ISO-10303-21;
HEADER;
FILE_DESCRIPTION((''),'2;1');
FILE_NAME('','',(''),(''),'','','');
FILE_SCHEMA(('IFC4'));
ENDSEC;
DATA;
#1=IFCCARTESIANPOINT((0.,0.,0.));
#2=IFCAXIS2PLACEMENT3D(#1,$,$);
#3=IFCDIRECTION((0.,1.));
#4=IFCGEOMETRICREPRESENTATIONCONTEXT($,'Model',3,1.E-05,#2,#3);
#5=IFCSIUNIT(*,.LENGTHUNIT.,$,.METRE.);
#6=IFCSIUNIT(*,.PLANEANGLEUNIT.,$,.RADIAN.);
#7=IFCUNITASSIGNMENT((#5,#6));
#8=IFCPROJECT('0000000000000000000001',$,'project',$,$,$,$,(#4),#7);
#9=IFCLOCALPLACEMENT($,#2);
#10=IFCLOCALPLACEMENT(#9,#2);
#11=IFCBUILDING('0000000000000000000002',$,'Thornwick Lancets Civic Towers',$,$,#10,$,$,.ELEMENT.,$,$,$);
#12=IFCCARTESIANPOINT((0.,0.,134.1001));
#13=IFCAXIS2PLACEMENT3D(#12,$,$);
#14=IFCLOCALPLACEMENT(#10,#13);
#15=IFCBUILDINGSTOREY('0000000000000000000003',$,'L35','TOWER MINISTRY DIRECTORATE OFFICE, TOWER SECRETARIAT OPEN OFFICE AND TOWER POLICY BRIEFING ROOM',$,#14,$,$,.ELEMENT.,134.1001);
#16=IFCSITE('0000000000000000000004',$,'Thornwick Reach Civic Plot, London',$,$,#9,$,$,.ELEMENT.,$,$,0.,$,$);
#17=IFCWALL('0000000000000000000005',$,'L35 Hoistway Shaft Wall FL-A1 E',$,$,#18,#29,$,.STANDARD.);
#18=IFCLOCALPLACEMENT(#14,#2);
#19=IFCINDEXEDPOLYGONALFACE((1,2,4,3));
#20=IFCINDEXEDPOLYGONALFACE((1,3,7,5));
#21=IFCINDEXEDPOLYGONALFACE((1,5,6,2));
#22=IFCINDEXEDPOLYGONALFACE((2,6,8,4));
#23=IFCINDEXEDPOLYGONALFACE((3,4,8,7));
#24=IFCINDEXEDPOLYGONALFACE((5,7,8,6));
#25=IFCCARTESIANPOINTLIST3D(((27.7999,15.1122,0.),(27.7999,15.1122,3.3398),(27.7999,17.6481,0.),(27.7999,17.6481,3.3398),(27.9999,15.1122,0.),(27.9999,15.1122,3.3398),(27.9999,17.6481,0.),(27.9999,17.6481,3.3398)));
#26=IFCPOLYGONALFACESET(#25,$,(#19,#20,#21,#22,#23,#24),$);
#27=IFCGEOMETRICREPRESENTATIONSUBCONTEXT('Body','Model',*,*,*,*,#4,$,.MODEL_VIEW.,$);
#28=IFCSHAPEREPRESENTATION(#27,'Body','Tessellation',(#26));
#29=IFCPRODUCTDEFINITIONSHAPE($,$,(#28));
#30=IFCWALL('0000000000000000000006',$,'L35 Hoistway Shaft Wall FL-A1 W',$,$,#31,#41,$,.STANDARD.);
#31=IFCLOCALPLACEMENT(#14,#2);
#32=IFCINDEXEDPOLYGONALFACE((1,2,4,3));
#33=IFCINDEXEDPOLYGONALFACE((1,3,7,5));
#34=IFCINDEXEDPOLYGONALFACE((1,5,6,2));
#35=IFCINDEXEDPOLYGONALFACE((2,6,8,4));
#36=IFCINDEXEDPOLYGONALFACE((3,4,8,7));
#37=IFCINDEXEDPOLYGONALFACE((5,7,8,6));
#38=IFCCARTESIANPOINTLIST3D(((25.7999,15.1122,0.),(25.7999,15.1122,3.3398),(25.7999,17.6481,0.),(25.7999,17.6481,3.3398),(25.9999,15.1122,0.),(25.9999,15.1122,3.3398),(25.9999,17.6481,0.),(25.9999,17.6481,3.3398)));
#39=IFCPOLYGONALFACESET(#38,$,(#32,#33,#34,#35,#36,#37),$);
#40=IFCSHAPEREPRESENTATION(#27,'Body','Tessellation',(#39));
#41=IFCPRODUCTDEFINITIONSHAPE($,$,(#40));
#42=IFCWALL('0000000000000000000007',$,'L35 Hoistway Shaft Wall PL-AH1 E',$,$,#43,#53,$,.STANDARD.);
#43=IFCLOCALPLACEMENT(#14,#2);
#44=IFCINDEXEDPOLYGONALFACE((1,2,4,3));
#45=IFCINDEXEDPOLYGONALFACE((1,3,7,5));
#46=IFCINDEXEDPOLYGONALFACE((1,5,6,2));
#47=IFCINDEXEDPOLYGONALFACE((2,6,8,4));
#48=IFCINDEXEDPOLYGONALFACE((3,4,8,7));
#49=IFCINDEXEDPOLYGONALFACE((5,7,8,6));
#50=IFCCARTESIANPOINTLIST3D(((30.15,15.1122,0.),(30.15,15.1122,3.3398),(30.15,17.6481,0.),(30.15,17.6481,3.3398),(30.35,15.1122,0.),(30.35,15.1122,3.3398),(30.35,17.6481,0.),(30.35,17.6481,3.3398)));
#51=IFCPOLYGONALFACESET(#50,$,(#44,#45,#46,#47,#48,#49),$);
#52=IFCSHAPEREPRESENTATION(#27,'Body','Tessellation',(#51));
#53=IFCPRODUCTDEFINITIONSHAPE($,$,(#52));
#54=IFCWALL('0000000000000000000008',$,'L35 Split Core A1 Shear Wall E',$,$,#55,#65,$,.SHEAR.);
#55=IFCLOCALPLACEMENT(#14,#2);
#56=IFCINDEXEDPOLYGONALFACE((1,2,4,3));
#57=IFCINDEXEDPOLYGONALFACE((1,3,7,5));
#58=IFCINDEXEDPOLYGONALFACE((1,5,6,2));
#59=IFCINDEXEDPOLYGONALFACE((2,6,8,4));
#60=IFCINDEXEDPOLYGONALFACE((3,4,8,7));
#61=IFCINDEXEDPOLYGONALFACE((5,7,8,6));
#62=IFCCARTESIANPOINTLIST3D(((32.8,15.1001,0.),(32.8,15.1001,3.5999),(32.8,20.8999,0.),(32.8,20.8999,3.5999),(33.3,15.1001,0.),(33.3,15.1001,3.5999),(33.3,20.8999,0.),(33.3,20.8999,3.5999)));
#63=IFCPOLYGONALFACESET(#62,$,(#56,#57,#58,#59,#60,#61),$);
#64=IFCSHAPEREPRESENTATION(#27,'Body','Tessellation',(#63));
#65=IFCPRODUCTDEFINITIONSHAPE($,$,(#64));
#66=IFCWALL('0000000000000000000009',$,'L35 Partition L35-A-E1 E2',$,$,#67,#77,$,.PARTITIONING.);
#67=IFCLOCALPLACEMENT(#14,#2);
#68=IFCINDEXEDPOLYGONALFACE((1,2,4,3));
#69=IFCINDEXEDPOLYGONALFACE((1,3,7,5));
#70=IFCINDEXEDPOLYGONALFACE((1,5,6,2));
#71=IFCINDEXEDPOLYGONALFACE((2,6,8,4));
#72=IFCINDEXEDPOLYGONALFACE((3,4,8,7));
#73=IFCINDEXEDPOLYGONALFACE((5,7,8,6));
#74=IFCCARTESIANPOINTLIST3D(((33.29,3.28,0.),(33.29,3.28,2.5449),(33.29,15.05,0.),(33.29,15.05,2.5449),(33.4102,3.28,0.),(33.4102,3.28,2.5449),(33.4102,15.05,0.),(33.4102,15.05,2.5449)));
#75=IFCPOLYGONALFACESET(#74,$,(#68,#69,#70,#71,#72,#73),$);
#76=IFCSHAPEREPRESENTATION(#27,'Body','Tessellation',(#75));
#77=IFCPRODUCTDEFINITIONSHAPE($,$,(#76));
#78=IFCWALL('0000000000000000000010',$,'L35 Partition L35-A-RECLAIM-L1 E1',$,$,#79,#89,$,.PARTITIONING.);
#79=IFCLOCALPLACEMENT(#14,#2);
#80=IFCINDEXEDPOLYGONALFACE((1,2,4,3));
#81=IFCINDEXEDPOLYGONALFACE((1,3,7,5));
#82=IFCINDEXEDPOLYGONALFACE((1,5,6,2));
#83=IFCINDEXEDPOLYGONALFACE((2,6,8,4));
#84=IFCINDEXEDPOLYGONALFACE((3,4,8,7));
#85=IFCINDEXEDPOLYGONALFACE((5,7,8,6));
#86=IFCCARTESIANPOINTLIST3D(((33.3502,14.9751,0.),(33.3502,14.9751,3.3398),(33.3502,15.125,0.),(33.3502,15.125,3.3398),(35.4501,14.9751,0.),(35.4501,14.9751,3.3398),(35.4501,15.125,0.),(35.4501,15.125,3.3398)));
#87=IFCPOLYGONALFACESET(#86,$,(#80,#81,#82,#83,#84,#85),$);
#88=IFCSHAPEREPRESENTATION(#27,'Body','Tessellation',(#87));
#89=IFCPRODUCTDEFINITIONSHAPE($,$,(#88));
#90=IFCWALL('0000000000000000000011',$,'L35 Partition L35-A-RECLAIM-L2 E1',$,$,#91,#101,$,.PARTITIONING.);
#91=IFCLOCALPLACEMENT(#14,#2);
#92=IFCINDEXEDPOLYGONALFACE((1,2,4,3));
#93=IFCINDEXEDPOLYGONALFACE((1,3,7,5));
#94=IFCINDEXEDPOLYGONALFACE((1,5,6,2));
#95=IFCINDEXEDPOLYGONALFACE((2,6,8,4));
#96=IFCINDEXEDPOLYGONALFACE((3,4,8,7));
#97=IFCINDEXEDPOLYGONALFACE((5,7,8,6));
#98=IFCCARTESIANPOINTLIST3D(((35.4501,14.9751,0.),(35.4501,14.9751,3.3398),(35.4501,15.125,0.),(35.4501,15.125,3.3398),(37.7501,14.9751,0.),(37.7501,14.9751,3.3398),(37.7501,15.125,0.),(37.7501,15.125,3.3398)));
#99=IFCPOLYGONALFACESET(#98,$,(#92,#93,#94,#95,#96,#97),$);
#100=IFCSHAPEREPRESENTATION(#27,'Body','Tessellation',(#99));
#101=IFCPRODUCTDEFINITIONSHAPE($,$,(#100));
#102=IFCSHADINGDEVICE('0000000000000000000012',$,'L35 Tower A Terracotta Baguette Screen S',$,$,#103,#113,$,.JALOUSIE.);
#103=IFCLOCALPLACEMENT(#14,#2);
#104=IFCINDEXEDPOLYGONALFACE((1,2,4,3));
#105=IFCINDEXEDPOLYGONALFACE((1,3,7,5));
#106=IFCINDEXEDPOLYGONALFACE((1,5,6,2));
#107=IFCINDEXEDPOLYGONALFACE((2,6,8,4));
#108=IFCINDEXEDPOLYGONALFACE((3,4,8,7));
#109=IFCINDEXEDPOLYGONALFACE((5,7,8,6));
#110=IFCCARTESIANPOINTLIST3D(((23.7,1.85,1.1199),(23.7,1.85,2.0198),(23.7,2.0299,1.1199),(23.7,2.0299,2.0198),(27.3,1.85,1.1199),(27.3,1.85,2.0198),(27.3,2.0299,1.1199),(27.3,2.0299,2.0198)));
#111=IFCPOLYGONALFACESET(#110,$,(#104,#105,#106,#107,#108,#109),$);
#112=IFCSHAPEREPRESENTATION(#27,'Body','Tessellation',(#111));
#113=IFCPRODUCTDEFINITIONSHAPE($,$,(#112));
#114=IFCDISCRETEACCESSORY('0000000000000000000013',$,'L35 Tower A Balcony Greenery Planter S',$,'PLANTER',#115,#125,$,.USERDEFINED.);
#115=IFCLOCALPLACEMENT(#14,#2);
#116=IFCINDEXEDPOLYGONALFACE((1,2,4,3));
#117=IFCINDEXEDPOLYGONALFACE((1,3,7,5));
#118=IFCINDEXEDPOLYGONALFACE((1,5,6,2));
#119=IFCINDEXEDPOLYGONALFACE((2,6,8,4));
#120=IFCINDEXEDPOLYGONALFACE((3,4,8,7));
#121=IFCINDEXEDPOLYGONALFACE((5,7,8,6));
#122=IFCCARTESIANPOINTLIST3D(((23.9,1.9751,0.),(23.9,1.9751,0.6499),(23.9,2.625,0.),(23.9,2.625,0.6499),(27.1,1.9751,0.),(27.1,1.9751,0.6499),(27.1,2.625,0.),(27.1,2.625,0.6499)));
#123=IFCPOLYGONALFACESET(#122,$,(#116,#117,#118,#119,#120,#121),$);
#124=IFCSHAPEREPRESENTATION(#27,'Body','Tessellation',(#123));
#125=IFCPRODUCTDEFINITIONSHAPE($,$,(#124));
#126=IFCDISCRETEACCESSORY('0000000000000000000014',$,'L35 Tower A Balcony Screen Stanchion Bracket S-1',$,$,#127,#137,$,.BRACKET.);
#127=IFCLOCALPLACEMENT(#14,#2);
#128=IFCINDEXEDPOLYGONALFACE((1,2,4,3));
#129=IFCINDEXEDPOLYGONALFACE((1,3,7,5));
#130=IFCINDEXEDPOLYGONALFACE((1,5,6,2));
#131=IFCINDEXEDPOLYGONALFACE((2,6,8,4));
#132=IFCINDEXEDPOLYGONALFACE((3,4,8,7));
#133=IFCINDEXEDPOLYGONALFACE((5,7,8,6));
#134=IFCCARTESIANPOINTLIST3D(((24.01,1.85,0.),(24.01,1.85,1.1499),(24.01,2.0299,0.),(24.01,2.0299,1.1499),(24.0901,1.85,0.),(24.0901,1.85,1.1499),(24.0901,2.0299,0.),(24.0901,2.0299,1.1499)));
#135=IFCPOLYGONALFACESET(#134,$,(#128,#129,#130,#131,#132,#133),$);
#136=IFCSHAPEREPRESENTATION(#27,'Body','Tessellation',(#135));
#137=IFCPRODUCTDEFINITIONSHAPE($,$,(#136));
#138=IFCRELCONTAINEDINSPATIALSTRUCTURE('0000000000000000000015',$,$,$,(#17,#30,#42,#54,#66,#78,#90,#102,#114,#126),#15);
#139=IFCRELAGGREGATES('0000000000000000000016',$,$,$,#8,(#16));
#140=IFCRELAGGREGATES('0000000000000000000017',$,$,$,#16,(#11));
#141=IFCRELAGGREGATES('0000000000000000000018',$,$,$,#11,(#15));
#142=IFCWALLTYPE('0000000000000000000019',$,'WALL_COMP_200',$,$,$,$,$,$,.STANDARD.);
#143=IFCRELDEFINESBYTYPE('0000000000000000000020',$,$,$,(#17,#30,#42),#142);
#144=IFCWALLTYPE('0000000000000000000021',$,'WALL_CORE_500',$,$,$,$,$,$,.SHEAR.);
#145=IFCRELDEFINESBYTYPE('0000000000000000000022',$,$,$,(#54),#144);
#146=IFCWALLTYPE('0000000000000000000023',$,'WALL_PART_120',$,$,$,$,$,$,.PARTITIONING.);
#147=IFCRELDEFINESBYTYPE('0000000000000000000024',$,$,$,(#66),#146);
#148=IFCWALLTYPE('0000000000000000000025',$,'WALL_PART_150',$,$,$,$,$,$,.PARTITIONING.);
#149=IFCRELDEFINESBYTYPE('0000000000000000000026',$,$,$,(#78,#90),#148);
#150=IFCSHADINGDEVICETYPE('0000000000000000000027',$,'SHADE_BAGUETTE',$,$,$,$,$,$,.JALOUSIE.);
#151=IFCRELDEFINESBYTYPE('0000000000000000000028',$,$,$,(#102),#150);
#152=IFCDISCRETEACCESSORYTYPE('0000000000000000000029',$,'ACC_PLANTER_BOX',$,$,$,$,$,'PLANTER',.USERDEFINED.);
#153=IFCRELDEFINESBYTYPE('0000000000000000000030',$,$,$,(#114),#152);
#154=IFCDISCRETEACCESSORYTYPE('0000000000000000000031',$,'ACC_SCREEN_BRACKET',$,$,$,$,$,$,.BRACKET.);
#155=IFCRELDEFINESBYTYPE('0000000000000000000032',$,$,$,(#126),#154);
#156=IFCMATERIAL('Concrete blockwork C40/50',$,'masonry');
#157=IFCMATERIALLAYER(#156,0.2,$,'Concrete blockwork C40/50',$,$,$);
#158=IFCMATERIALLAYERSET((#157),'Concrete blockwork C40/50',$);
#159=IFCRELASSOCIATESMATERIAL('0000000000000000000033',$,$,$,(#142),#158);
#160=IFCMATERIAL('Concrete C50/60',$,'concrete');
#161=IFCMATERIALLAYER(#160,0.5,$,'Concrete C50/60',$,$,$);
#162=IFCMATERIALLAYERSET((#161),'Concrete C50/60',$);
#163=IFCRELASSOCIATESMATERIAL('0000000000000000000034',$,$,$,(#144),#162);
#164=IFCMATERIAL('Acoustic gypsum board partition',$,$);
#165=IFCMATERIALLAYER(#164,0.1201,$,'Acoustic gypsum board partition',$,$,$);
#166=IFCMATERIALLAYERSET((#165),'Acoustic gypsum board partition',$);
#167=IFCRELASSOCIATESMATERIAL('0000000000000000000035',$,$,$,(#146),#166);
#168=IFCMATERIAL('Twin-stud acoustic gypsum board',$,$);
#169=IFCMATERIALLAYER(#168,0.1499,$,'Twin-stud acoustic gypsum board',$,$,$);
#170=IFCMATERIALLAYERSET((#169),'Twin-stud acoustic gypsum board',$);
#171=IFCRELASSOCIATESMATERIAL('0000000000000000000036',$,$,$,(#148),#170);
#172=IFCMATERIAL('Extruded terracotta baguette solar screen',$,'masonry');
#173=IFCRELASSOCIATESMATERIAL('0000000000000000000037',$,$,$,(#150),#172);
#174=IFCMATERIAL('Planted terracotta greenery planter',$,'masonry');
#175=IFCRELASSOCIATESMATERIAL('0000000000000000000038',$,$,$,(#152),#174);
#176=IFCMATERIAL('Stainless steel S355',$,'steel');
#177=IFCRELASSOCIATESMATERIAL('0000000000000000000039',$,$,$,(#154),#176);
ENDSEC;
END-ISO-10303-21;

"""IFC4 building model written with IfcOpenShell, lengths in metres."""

from ifc_helpers import new_model, si_unit, direction, frame, frame_2d, origin, origin_2d, place, context, subcontext, project, spatial, rectangle, extrude, material, layer, layer_set, type_object, element, save


model = new_model("IFC4")

# Units and contexts
model_context = context("Model", 3, precision=1e-05, world=origin(), true_north=direction((0.0, 1.0)))
body_context = subcontext(model_context, "Body", "Model", "MODEL_VIEW")
ifc_project = project(units=[si_unit("LENGTHUNIT", "METRE"), si_unit("PLANEANGLEUNIT", "RADIAN")], contexts=[model_context])

# Site, building, storey
site_placement = place(None, origin())
site = spatial("IfcSite", under=ifc_project, at=site_placement, Name="Thornwick Reach Civic Plot, London", CompositionType="ELEMENT", RefElevation=0.0)
building_placement = place(site_placement, origin())
building = spatial("IfcBuilding", under=site, at=building_placement, Name="Thornwick Lancets Civic Towers", CompositionType="ELEMENT")
storey_placement = place(building_placement, frame((0.0, 0.0, 134.1001)))
storey = spatial("IfcBuildingStorey", under=building, at=storey_placement, Name="L35", Description="TOWER MINISTRY DIRECTORATE OFFICE, TOWER SECRETARIAT OPEN OFFICE AND TOWER POLICY BRIEFING ROOM", CompositionType="ELEMENT", Elevation=134.1001)

# Walls
ifc_material_1 = material(Name="Concrete blockwork C40/50", Category="masonry")
ifc_layer_1 = layer(ifc_material_1, 0.2, Name="Concrete blockwork C40/50")
ifc_layer_set_1 = layer_set([ifc_layer_1], Name="Concrete blockwork C40/50")
wall_type_1 = type_object("IfcWallType", Name="WALL_COMP_200", PredefinedType="STANDARD", material=ifc_layer_set_1)
for number, where, z_axis, x_axis, name in (
    (1, (27.8999, 15.1121, 0.0), (0.0, 0.0, 1.0), (0.0, 1.0, 0.0), "L35 Hoistway Shaft Wall FL-A1 E"),
    (2, (25.8999, 15.1121, 0.0), (0.0, 0.0, 1.0), (0.0, 1.0, 0.0), "L35 Hoistway Shaft Wall FL-A1 W"),
    (3, (30.25, 15.1121, 0.0), (0.0, 0.0, 1.0), (0.0, 1.0, 0.0), "L35 Hoistway Shaft Wall PL-AH1 E"),
):
    element("IfcWall", number, at=place(storey_placement, frame(where, z_axis=z_axis, x_axis=x_axis)), inside=storey, type_object=wall_type_1, Name=name, PredefinedType="STANDARD", context=body_context, shape_type="SweptSolid", body=[
        extrude(rectangle(XDim=2.5359, YDim=0.2, at=frame_2d((1.2681, 0.0))), origin(), (0.0, 0.0, 1.0), 3.3398),
    ])
ifc_material_2 = material(Name="Concrete C50/60", Category="concrete")
ifc_layer_2 = layer(ifc_material_2, 0.5, Name="Concrete C50/60")
ifc_layer_set_2 = layer_set([ifc_layer_2], Name="Concrete C50/60")
wall_type_2 = type_object("IfcWallType", Name="WALL_CORE_500", PredefinedType="SHEAR", material=ifc_layer_set_2)
wall_1_placement = place(storey_placement, frame((33.05, 15.1001, 0.0), z_axis=(0.0, 0.0, 1.0), x_axis=(0.0, 1.0, 0.0)))
element("IfcWall", 4, at=wall_1_placement, inside=storey, type_object=wall_type_2, Name="L35 Split Core A1 Shear Wall E", PredefinedType="SHEAR", context=body_context, shape_type="SweptSolid", body=[
    extrude(rectangle(XDim=5.7998, YDim=0.5, at=frame_2d((2.8999, 0.0))), origin(), (0.0, 0.0, 1.0), 3.5999),
])
ifc_material_3 = material(Name="Acoustic gypsum board partition")
ifc_layer_3 = layer(ifc_material_3, 0.1201, Name="Acoustic gypsum board partition")
ifc_layer_set_3 = layer_set([ifc_layer_3], Name="Acoustic gypsum board partition")
wall_type_3 = type_object("IfcWallType", Name="WALL_PART_120", PredefinedType="PARTITIONING", material=ifc_layer_set_3)
wall_2_placement = place(storey_placement, frame((33.3501, 3.28, 0.0), z_axis=(0.0, 0.0, 1.0), x_axis=(0.0, 1.0, 0.0)))
element("IfcWall", 5, at=wall_2_placement, inside=storey, type_object=wall_type_3, Name="L35 Partition L35-A-E1 E2", PredefinedType="PARTITIONING", context=body_context, shape_type="SweptSolid", body=[
    extrude(rectangle(XDim=11.77, YDim=0.1201, at=frame_2d((5.885, 0.0))), origin(), (0.0, 0.0, 1.0), 2.5449),
])
ifc_material_4 = material(Name="Twin-stud acoustic gypsum board")
ifc_layer_4 = layer(ifc_material_4, 0.1499, Name="Twin-stud acoustic gypsum board")
ifc_layer_set_4 = layer_set([ifc_layer_4], Name="Twin-stud acoustic gypsum board")
wall_type_4 = type_object("IfcWallType", Name="WALL_PART_150", PredefinedType="PARTITIONING", material=ifc_layer_set_4)
wall_3_placement = place(storey_placement, frame((35.45, 15.05, 0.0), z_axis=(0.0, 0.0, 1.0), x_axis=(-1.0, 0.0, 0.0)))
element("IfcWall", 6, at=wall_3_placement, inside=storey, type_object=wall_type_4, Name="L35 Partition L35-A-RECLAIM-L1 E1", PredefinedType="PARTITIONING", context=body_context, shape_type="SweptSolid", body=[
    extrude(rectangle(XDim=2.0999, YDim=0.1499, at=frame_2d((1.0498, 0.0))), origin(), (0.0, 0.0, 1.0), 3.3398),
])
wall_4_placement = place(storey_placement, frame((37.75, 15.05, 0.0), z_axis=(0.0, 0.0, 1.0), x_axis=(-1.0, 0.0, 0.0)))
element("IfcWall", 7, at=wall_4_placement, inside=storey, type_object=wall_type_4, Name="L35 Partition L35-A-RECLAIM-L2 E1", PredefinedType="PARTITIONING", context=body_context, shape_type="SweptSolid", body=[
    extrude(rectangle(XDim=2.3, YDim=0.1499, at=frame_2d((1.1499, 0.0))), origin(), (0.0, 0.0, 1.0), 3.3398),
])

# Shading device
ifc_material_5 = material(Name="Extruded terracotta baguette solar screen", Category="masonry")
shading_device_type = type_object("IfcShadingDeviceType", Name="SHADE_BAGUETTE", PredefinedType="JALOUSIE", material=ifc_material_5)
shading_device_placement = place(storey_placement, frame((25.5, 1.9399, 1.1199), z_axis=(0.0, 0.0, 1.0), x_axis=(1.0, 0.0, 0.0)))
element("IfcShadingDevice", 8, at=shading_device_placement, inside=storey, type_object=shading_device_type, Name="L35 Tower A Terracotta Baguette Screen S", PredefinedType="JALOUSIE", context=body_context, shape_type="SweptSolid", body=[
    extrude(rectangle(XDim=3.6001, YDim=0.1799, at=origin_2d()), origin(), (0.0, 0.0, 1.0), 0.8999),
])

# Discrete accessories
ifc_material_6 = material(Name="Planted terracotta greenery planter", Category="masonry")
discrete_accessory_type_1 = type_object("IfcDiscreteAccessoryType", Name="ACC_PLANTER_BOX", ElementType="PLANTER", PredefinedType="USERDEFINED", material=ifc_material_6)
discrete_accessory_1_placement = place(storey_placement, frame((25.5, 2.3, 0.0), z_axis=(0.0, 0.0, 1.0), x_axis=(1.0, 0.0, 0.0)))
element("IfcDiscreteAccessory", 9, at=discrete_accessory_1_placement, inside=storey, type_object=discrete_accessory_type_1, Name="L35 Tower A Balcony Greenery Planter S", ObjectType="PLANTER", PredefinedType="USERDEFINED", context=body_context, shape_type="SweptSolid", body=[
    extrude(rectangle(XDim=3.2, YDim=0.6499, at=origin_2d()), origin(), (0.0, 0.0, 1.0), 0.6499),
])
ifc_material_7 = material(Name="Stainless steel S355", Category="steel")
discrete_accessory_type_2 = type_object("IfcDiscreteAccessoryType", Name="ACC_SCREEN_BRACKET", PredefinedType="BRACKET", material=ifc_material_7)
discrete_accessory_2_placement = place(storey_placement, frame((24.05, 1.9399, 0.0), z_axis=(0.0, 0.0, 1.0), x_axis=(1.0, 0.0, 0.0)))
element("IfcDiscreteAccessory", 10, at=discrete_accessory_2_placement, inside=storey, type_object=discrete_accessory_type_2, Name="L35 Tower A Balcony Screen Stanchion Bracket S-1", PredefinedType="BRACKET", context=body_context, shape_type="SweptSolid", body=[
    extrude(rectangle(XDim=0.0801, YDim=0.1799, at=origin_2d()), origin(), (0.0, 0.0, 1.0), 1.1499),
])

save(model, "model.ifc")
